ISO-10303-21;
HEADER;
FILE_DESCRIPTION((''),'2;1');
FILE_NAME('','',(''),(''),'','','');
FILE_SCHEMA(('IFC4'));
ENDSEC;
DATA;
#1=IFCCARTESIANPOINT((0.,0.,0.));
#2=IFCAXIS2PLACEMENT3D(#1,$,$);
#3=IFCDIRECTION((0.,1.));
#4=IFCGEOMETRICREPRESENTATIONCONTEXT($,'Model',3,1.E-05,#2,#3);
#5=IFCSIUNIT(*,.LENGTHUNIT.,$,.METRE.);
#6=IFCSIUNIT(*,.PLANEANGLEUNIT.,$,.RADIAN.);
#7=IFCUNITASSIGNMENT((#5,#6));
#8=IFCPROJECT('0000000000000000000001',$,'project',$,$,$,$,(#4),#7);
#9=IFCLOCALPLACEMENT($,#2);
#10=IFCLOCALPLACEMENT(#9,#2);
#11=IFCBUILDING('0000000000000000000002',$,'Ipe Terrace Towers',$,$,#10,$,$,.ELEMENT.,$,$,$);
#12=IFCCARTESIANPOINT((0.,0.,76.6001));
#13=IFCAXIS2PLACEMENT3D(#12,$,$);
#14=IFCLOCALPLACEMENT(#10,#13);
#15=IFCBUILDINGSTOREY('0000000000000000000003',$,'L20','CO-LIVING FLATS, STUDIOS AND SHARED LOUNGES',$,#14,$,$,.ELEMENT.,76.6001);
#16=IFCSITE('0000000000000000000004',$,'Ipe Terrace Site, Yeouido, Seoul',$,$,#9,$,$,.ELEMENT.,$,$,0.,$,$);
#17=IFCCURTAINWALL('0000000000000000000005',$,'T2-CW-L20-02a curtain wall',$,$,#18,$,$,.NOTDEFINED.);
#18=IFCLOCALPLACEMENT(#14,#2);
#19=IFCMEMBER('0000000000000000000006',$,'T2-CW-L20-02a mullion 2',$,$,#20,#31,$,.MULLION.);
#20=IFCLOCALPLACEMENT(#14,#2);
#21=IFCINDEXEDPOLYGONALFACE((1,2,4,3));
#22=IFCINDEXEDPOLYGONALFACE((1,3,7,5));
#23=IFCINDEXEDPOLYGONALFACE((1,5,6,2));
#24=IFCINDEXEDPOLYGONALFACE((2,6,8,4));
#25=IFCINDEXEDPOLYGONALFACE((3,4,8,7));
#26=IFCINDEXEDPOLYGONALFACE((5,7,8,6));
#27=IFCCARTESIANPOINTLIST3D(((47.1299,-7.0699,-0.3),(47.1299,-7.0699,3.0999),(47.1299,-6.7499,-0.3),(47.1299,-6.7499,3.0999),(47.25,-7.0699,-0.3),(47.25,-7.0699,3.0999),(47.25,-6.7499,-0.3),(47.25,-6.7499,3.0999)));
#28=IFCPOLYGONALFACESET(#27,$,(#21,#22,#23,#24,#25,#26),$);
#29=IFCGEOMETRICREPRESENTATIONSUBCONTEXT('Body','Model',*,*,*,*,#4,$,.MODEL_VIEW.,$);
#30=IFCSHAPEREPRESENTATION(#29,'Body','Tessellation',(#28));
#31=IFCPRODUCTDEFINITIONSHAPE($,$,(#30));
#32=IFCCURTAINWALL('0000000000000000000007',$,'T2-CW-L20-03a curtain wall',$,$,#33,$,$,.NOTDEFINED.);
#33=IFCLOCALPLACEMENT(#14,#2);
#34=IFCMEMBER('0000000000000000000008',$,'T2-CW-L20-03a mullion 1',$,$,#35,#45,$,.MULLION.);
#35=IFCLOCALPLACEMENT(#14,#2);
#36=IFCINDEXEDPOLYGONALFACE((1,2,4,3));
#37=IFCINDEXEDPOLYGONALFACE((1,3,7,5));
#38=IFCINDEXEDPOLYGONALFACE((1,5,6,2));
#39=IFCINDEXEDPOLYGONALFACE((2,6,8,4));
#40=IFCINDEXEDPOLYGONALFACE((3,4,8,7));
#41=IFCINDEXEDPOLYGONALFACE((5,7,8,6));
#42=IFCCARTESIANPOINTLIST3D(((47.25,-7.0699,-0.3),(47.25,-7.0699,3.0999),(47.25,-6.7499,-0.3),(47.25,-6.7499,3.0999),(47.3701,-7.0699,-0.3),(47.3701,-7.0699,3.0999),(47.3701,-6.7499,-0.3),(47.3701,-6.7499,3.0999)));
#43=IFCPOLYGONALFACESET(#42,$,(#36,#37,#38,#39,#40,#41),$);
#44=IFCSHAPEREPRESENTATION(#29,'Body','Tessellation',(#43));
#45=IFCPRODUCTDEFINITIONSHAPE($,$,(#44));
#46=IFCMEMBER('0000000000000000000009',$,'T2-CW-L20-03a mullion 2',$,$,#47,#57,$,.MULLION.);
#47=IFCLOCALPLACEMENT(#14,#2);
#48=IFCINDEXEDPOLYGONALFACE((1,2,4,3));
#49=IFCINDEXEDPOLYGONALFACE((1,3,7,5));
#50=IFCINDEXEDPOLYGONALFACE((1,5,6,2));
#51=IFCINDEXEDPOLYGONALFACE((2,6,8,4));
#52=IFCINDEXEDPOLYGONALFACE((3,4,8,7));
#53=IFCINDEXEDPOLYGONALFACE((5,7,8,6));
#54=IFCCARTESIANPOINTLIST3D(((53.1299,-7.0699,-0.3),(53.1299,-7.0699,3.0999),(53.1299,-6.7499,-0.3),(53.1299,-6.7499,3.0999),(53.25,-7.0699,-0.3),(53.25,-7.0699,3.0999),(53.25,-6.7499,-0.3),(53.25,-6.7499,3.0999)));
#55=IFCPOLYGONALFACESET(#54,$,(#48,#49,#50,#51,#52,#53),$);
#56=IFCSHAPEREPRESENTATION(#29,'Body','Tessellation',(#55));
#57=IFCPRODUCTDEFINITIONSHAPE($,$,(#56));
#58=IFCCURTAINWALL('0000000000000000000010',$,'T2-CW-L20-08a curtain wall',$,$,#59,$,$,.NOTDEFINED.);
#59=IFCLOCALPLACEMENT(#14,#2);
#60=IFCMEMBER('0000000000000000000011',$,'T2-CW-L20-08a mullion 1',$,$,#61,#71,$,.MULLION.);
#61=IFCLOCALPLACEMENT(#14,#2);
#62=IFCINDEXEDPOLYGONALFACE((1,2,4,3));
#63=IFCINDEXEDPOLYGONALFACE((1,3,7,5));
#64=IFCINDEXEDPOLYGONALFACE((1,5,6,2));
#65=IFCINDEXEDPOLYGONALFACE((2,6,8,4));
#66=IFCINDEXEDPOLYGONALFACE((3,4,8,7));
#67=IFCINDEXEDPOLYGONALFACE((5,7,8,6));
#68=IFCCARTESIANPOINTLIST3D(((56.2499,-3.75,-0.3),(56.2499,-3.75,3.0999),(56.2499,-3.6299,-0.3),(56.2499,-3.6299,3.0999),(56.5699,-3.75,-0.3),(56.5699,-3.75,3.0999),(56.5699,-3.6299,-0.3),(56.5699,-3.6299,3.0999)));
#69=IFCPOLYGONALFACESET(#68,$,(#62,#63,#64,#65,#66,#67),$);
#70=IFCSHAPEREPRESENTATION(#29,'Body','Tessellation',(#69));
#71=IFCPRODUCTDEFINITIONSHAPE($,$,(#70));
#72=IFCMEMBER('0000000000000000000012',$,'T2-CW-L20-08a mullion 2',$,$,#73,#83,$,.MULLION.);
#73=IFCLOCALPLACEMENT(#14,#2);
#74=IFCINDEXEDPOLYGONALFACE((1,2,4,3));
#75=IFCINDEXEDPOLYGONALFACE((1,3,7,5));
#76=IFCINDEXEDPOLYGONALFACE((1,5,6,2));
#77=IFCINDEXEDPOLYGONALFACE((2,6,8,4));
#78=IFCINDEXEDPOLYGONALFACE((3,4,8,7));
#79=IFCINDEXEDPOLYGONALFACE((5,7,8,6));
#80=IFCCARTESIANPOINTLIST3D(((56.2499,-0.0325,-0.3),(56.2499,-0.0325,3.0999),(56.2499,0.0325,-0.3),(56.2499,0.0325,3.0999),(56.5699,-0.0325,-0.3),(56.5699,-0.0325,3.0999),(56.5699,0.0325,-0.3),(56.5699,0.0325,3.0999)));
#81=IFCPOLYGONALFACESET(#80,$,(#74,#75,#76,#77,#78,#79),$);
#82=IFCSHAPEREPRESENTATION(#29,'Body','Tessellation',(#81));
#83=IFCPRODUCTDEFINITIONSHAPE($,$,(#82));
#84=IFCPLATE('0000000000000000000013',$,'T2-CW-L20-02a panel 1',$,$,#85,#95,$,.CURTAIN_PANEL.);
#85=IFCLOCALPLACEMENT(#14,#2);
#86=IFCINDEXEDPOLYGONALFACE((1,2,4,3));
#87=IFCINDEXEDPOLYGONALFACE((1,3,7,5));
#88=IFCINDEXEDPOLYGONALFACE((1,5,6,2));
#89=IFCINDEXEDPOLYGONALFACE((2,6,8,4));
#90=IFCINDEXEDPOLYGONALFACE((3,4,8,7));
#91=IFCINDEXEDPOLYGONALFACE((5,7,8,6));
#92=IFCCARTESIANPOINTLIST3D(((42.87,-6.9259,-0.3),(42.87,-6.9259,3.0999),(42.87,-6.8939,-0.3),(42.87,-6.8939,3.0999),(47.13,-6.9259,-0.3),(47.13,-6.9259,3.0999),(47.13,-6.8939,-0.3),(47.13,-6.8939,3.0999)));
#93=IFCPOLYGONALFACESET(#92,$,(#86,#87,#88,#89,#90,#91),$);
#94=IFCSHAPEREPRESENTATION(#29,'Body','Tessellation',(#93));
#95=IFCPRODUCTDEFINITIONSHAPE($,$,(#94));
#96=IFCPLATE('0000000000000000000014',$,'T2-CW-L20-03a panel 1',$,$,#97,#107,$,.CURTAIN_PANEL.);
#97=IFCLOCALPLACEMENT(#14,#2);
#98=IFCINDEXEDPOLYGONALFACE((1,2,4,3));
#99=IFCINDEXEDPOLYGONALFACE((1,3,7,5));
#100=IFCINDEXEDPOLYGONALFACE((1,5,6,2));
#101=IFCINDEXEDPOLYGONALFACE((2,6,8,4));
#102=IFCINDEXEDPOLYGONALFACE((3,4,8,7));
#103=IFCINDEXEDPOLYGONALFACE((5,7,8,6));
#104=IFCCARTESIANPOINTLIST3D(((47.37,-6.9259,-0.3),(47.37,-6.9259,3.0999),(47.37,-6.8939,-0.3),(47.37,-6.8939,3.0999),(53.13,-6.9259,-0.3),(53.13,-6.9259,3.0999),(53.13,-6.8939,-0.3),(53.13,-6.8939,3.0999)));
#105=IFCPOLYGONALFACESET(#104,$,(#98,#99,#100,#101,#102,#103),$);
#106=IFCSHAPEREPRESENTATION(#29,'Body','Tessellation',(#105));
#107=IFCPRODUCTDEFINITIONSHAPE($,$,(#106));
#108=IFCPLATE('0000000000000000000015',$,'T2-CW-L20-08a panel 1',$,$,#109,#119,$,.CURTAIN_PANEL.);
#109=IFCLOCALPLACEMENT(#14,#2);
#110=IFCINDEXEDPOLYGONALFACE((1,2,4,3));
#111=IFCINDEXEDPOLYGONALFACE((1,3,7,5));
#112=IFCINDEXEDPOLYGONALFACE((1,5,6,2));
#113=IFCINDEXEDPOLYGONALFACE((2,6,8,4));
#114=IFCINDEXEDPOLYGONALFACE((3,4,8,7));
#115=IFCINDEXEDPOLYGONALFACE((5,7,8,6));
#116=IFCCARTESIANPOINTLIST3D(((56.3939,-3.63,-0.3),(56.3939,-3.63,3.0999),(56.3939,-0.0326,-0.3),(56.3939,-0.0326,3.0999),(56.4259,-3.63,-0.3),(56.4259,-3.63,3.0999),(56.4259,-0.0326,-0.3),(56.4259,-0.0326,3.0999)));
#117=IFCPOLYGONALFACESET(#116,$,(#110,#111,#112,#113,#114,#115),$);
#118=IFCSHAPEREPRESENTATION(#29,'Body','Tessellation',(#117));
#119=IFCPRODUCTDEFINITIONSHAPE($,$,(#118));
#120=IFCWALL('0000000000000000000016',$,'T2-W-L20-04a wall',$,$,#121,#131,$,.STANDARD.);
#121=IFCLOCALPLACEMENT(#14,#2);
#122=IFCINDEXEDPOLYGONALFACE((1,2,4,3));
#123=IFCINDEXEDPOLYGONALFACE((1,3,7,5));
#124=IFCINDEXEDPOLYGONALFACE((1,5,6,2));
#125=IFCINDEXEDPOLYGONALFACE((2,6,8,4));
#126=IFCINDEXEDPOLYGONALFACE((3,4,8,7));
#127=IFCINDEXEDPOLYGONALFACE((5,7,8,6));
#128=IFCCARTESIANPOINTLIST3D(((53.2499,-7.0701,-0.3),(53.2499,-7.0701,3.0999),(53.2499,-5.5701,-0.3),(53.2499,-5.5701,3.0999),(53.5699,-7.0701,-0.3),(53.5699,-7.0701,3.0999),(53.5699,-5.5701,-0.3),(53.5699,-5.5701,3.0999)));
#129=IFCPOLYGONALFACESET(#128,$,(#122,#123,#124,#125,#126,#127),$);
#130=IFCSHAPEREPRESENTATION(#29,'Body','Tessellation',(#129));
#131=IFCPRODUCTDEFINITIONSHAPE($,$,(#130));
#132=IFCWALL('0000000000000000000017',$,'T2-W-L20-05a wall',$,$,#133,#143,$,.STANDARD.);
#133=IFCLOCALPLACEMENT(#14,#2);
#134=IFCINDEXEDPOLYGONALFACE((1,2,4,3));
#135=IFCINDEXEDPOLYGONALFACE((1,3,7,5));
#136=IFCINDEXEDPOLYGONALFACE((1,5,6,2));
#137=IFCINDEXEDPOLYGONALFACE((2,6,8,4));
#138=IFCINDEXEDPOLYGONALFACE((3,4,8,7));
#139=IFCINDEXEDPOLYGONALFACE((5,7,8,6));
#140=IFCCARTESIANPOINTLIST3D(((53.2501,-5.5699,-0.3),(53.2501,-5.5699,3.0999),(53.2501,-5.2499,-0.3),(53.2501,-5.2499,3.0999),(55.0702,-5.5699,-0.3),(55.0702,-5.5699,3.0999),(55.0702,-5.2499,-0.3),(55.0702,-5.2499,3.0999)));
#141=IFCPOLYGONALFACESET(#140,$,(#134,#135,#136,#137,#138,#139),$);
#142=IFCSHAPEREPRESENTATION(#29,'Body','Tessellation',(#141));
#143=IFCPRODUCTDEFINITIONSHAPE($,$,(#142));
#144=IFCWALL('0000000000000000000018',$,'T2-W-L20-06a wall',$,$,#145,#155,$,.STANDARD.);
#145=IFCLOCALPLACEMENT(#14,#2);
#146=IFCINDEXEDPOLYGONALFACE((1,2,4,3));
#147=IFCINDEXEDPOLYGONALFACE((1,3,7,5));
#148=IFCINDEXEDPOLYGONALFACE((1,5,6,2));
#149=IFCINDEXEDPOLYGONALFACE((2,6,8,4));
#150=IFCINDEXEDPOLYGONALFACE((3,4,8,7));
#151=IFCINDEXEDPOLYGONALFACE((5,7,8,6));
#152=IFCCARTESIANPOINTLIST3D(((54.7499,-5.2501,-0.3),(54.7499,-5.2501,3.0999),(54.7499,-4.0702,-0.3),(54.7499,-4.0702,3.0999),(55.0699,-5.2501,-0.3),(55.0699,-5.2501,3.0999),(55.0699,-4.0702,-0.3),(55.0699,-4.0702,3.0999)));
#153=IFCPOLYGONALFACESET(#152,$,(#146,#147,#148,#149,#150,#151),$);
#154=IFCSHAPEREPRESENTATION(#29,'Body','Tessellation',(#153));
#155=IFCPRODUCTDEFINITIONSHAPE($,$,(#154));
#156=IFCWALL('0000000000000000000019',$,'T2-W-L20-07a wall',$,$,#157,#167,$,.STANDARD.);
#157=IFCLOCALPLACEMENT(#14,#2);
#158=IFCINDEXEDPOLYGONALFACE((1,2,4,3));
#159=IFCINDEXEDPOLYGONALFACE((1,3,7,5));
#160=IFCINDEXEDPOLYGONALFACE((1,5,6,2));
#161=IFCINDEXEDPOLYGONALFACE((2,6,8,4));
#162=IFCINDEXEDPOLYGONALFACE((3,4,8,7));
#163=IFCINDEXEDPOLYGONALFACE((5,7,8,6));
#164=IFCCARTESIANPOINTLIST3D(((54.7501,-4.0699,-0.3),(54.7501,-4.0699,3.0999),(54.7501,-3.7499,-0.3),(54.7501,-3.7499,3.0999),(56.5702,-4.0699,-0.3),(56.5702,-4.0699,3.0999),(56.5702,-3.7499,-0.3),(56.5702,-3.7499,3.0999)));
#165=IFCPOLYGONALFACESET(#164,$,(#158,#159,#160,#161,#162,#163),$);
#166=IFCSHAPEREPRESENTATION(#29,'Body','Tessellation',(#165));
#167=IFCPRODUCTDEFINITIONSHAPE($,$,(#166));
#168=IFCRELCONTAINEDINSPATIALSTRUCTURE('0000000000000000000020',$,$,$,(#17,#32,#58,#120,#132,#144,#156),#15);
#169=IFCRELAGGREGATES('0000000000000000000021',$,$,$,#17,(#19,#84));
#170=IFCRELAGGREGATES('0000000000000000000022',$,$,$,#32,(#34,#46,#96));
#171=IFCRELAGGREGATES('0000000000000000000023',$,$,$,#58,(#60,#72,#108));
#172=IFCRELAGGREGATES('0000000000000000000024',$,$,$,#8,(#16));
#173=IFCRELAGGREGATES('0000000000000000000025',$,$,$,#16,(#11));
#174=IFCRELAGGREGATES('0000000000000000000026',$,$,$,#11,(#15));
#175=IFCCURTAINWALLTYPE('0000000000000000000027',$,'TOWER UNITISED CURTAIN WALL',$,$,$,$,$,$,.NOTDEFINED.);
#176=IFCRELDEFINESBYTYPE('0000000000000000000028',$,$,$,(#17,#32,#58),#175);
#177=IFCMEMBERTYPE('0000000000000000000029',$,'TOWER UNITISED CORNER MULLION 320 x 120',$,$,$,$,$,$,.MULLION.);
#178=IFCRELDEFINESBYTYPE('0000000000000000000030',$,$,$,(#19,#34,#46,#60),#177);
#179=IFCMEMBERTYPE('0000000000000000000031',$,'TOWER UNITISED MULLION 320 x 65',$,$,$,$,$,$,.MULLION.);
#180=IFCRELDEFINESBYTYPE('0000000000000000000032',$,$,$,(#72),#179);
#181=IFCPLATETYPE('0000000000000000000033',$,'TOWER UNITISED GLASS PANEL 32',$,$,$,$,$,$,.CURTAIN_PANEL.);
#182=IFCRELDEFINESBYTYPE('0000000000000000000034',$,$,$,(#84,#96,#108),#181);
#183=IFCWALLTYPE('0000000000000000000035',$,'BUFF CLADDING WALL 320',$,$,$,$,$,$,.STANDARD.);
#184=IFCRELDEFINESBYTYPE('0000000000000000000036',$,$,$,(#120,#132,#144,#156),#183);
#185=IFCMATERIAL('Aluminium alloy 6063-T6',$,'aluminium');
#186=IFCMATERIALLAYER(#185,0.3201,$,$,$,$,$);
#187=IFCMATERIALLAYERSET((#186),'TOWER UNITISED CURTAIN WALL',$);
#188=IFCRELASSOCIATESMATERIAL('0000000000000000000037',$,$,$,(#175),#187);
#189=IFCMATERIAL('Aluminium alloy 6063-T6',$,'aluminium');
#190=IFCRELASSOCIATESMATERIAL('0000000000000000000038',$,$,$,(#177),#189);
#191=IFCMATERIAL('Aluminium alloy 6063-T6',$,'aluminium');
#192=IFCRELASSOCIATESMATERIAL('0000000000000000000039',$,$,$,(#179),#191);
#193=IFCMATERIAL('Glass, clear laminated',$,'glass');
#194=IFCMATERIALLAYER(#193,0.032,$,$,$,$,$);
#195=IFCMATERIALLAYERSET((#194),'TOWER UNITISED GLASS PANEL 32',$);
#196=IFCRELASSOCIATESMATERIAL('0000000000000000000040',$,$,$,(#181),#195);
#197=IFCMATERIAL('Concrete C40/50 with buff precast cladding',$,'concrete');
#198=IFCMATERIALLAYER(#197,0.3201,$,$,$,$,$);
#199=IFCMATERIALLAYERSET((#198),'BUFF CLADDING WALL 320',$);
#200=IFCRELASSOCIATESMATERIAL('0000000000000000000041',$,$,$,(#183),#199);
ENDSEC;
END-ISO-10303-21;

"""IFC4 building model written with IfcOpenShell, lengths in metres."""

from ifc_helpers import new_model, si_unit, direction, frame, frame_2d, origin, origin_2d, place, context, subcontext, project, spatial, rectangle, extrude, material, layer, layer_set, material_profile, profile_set, type_object, element, aggregate, save


model = new_model("IFC4")

# Units and contexts
model_context = context("Model", 3, precision=1e-05, world=origin(), true_north=direction((0.0, 1.0)))
body_context = subcontext(model_context, "Body", "Model", "MODEL_VIEW")
ifc_project = project(units=[si_unit("LENGTHUNIT", "METRE"), si_unit("PLANEANGLEUNIT", "RADIAN")], contexts=[model_context])

# Site, building, storey
site_placement = place(None, origin())
site = spatial("IfcSite", under=ifc_project, at=site_placement, Name="Ipe Terrace Site, Yeouido, Seoul", CompositionType="ELEMENT", RefElevation=0.0)
building_placement = place(site_placement, origin())
building = spatial("IfcBuilding", under=site, at=building_placement, Name="Ipe Terrace Towers", CompositionType="ELEMENT")
storey_placement = place(building_placement, frame((0.0, 0.0, 76.6001)))
storey = spatial("IfcBuildingStorey", under=building, at=storey_placement, Name="L20", Description="CO-LIVING FLATS, STUDIOS AND SHARED LOUNGES", CompositionType="ELEMENT", Elevation=76.6001)

# Curtain walls, members
ifc_material_1 = material(Name="Aluminium alloy 6063-T6", Category="aluminium")
ifc_layer_1 = layer(ifc_material_1, 0.3201)
ifc_layer_set_1 = layer_set([ifc_layer_1], Name="TOWER UNITISED CURTAIN WALL")
curtain_wall_type = type_object("IfcCurtainWallType", Name="TOWER UNITISED CURTAIN WALL", PredefinedType="NOTDEFINED", material=ifc_layer_set_1)
curtain_wall_1_placement = place(storey_placement, origin())
curtain_wall_1 = element("IfcCurtainWall", 1, at=curtain_wall_1_placement, inside=storey, type_object=curtain_wall_type, Name="T2-CW-L20-02a curtain wall", PredefinedType="NOTDEFINED")
ifc_material_2 = material(Name="Aluminium alloy 6063-T6", Category="aluminium")
ifc_material_profile_1 = material_profile(ifc_material_2, rectangle(XDim=0.3201, YDim=0.1201, at=origin_2d()), Name="TOWER UNITISED CORNER MULLION 320 x 120")
ifc_profile_set_1 = profile_set([ifc_material_profile_1], Name="Aluminium alloy 6063-T6")
member_type_1 = type_object("IfcMemberType", Name="TOWER UNITISED CORNER MULLION 320 x 120", PredefinedType="MULLION", material=ifc_profile_set_1)
member_1_placement = place(storey_placement, frame((47.1899, -6.9099, -0.3), z_axis=(0.0, 0.0, 1.0), x_axis=(0.0, -1.0, 0.0)))
member_1 = element("IfcMember", 2, at=member_1_placement, type_object=member_type_1, Name="T2-CW-L20-02a mullion 2", PredefinedType="MULLION", context=body_context, shape_type="SweptSolid", body=[
    extrude(rectangle(XDim=0.3201, YDim=0.1201, at=origin_2d()), origin(), (0.0, 0.0, 1.0), 3.3999),
])
curtain_wall_2_placement = place(storey_placement, origin())
curtain_wall_2 = element("IfcCurtainWall", 3, at=curtain_wall_2_placement, inside=storey, type_object=curtain_wall_type, Name="T2-CW-L20-03a curtain wall", PredefinedType="NOTDEFINED")
member_2_placement = place(storey_placement, frame((47.3101, -6.9099, -0.3), z_axis=(0.0, 0.0, 1.0), x_axis=(0.0, -1.0, 0.0)))
member_2 = element("IfcMember", 4, at=member_2_placement, type_object=member_type_1, Name="T2-CW-L20-03a mullion 1", PredefinedType="MULLION", context=body_context, shape_type="SweptSolid", body=[
    extrude(rectangle(XDim=0.3201, YDim=0.1201, at=origin_2d()), origin(), (0.0, 0.0, 1.0), 3.3999),
])
member_3_placement = place(storey_placement, frame((53.1899, -6.9099, -0.3), z_axis=(0.0, 0.0, 1.0), x_axis=(0.0, -1.0, 0.0)))
member_3 = element("IfcMember", 5, at=member_3_placement, type_object=member_type_1, Name="T2-CW-L20-03a mullion 2", PredefinedType="MULLION", context=body_context, shape_type="SweptSolid", body=[
    extrude(rectangle(XDim=0.3201, YDim=0.1201, at=origin_2d()), origin(), (0.0, 0.0, 1.0), 3.3999),
])
curtain_wall_3_placement = place(storey_placement, origin())
curtain_wall_3 = element("IfcCurtainWall", 6, at=curtain_wall_3_placement, inside=storey, type_object=curtain_wall_type, Name="T2-CW-L20-08a curtain wall", PredefinedType="NOTDEFINED")
member_4_placement = place(storey_placement, frame((56.4099, -3.6899, -0.3), z_axis=(0.0, 0.0, 1.0), x_axis=(1.0, 0.0, 0.0)))
member_4 = element("IfcMember", 7, at=member_4_placement, type_object=member_type_1, Name="T2-CW-L20-08a mullion 1", PredefinedType="MULLION", context=body_context, shape_type="SweptSolid", body=[
    extrude(rectangle(XDim=0.3201, YDim=0.1201, at=origin_2d()), origin(), (0.0, 0.0, 1.0), 3.3999),
])
ifc_material_3 = material(Name="Aluminium alloy 6063-T6", Category="aluminium")
ifc_material_profile_2 = material_profile(ifc_material_3, rectangle(XDim=0.3201, YDim=0.0649, at=origin_2d()), Name="TOWER UNITISED MULLION 320 x 65")
ifc_profile_set_2 = profile_set([ifc_material_profile_2], Name="Aluminium alloy 6063-T6")
member_type_2 = type_object("IfcMemberType", Name="TOWER UNITISED MULLION 320 x 65", PredefinedType="MULLION", material=ifc_profile_set_2)
member_5_placement = place(storey_placement, frame((56.4099, 0.0, -0.3), z_axis=(0.0, 0.0, 1.0), x_axis=(1.0, 0.0, 0.0)))
member_5 = element("IfcMember", 8, at=member_5_placement, type_object=member_type_2, Name="T2-CW-L20-08a mullion 2", PredefinedType="MULLION", context=body_context, shape_type="SweptSolid", body=[
    extrude(rectangle(XDim=0.3201, YDim=0.0649, at=origin_2d()), origin(), (0.0, 0.0, 1.0), 3.3999),
])

# Plates
ifc_material_4 = material(Name="Glass, clear laminated", Category="glass")
ifc_layer_2 = layer(ifc_material_4, 0.032)
ifc_layer_set_2 = layer_set([ifc_layer_2], Name="TOWER UNITISED GLASS PANEL 32")
plate_type = type_object("IfcPlateType", Name="TOWER UNITISED GLASS PANEL 32", PredefinedType="CURTAIN_PANEL", material=ifc_layer_set_2)
plate_1_placement = place(storey_placement, frame((45.0, -6.9099, -0.3), z_axis=(0.0, 0.0, 1.0), x_axis=(1.0, 0.0, 0.0)))
plate_1 = element("IfcPlate", 9, at=plate_1_placement, type_object=plate_type, Name="T2-CW-L20-02a panel 1", PredefinedType="CURTAIN_PANEL", context=body_context, shape_type="SweptSolid", body=[
    extrude(rectangle(XDim=4.26, YDim=0.032, at=origin_2d()), origin(), (0.0, 0.0, 1.0), 3.3999),
])
aggregate(curtain_wall_1, [member_1, plate_1])
plate_2_placement = place(storey_placement, frame((50.25, -6.9099, -0.3), z_axis=(0.0, 0.0, 1.0), x_axis=(1.0, 0.0, 0.0)))
plate_2 = element("IfcPlate", 10, at=plate_2_placement, type_object=plate_type, Name="T2-CW-L20-03a panel 1", PredefinedType="CURTAIN_PANEL", context=body_context, shape_type="SweptSolid", body=[
    extrude(rectangle(XDim=5.76, YDim=0.032, at=origin_2d()), origin(), (0.0, 0.0, 1.0), 3.3999),
])
aggregate(curtain_wall_2, [member_2, member_3, plate_2])
plate_3_placement = place(storey_placement, frame((56.4099, -1.8313, -0.3), z_axis=(0.0, 0.0, 1.0), x_axis=(0.0, 1.0, 0.0)))
plate_3 = element("IfcPlate", 11, at=plate_3_placement, type_object=plate_type, Name="T2-CW-L20-08a panel 1", PredefinedType="CURTAIN_PANEL", context=body_context, shape_type="SweptSolid", body=[
    extrude(rectangle(XDim=3.5974, YDim=0.032, at=origin_2d()), origin(), (0.0, 0.0, 1.0), 3.3999),
])
aggregate(curtain_wall_3, [member_4, member_5, plate_3])

# Walls
ifc_material_5 = material(Name="Concrete C40/50 with buff precast cladding", Category="concrete")
ifc_layer_3 = layer(ifc_material_5, 0.3201)
ifc_layer_set_3 = layer_set([ifc_layer_3], Name="BUFF CLADDING WALL 320")
wall_type_1 = type_object("IfcWallType", Name="BUFF CLADDING WALL 320", PredefinedType="STANDARD", material=ifc_layer_set_3)
wall_1_placement = place(storey_placement, frame((53.4099, -7.0701, -0.3), z_axis=(0.0, 0.0, 1.0), x_axis=(0.0, 1.0, 0.0)))
element("IfcWall", 12, at=wall_1_placement, inside=storey, type_object=wall_type_1, Name="T2-W-L20-04a wall", PredefinedType="STANDARD", context=body_context, shape_type="SweptSolid", body=[
    extrude(rectangle(XDim=1.5, YDim=0.3201, at=frame_2d((0.75, 0.0))), origin(), (0.0, 0.0, 1.0), 3.3999),
])
wall_2_placement = place(storey_placement, frame((53.25, -5.4099, -0.3), z_axis=(0.0, 0.0, 1.0), x_axis=(1.0, 0.0, 0.0)))
element("IfcWall", 13, at=wall_2_placement, inside=storey, type_object=wall_type_1, Name="T2-W-L20-05a wall", PredefinedType="STANDARD", context=body_context, shape_type="SweptSolid", body=[
    extrude(rectangle(XDim=1.8201, YDim=0.3201, at=frame_2d((0.9102, 0.0))), origin(), (0.0, 0.0, 1.0), 3.3999),
])
wall_3_placement = place(storey_placement, frame((54.9099, -5.25, -0.3), z_axis=(0.0, 0.0, 1.0), x_axis=(0.0, 1.0, 0.0)))
element("IfcWall", 14, at=wall_3_placement, inside=storey, type_object=wall_type_1, Name="T2-W-L20-06a wall", PredefinedType="STANDARD", context=body_context, shape_type="SweptSolid", body=[
    extrude(rectangle(XDim=1.1799, YDim=0.3201, at=frame_2d((0.5898, 0.0))), origin(), (0.0, 0.0, 1.0), 3.3999),
])
wall_4_placement = place(storey_placement, frame((54.75, -3.9099, -0.3), z_axis=(0.0, 0.0, 1.0), x_axis=(1.0, 0.0, 0.0)))
element("IfcWall", 15, at=wall_4_placement, inside=storey, type_object=wall_type_1, Name="T2-W-L20-07a wall", PredefinedType="STANDARD", context=body_context, shape_type="SweptSolid", body=[
    extrude(rectangle(XDim=1.8201, YDim=0.3201, at=frame_2d((0.9102, 0.0))), origin(), (0.0, 0.0, 1.0), 3.3999),
])

save(model, "model.ifc")
